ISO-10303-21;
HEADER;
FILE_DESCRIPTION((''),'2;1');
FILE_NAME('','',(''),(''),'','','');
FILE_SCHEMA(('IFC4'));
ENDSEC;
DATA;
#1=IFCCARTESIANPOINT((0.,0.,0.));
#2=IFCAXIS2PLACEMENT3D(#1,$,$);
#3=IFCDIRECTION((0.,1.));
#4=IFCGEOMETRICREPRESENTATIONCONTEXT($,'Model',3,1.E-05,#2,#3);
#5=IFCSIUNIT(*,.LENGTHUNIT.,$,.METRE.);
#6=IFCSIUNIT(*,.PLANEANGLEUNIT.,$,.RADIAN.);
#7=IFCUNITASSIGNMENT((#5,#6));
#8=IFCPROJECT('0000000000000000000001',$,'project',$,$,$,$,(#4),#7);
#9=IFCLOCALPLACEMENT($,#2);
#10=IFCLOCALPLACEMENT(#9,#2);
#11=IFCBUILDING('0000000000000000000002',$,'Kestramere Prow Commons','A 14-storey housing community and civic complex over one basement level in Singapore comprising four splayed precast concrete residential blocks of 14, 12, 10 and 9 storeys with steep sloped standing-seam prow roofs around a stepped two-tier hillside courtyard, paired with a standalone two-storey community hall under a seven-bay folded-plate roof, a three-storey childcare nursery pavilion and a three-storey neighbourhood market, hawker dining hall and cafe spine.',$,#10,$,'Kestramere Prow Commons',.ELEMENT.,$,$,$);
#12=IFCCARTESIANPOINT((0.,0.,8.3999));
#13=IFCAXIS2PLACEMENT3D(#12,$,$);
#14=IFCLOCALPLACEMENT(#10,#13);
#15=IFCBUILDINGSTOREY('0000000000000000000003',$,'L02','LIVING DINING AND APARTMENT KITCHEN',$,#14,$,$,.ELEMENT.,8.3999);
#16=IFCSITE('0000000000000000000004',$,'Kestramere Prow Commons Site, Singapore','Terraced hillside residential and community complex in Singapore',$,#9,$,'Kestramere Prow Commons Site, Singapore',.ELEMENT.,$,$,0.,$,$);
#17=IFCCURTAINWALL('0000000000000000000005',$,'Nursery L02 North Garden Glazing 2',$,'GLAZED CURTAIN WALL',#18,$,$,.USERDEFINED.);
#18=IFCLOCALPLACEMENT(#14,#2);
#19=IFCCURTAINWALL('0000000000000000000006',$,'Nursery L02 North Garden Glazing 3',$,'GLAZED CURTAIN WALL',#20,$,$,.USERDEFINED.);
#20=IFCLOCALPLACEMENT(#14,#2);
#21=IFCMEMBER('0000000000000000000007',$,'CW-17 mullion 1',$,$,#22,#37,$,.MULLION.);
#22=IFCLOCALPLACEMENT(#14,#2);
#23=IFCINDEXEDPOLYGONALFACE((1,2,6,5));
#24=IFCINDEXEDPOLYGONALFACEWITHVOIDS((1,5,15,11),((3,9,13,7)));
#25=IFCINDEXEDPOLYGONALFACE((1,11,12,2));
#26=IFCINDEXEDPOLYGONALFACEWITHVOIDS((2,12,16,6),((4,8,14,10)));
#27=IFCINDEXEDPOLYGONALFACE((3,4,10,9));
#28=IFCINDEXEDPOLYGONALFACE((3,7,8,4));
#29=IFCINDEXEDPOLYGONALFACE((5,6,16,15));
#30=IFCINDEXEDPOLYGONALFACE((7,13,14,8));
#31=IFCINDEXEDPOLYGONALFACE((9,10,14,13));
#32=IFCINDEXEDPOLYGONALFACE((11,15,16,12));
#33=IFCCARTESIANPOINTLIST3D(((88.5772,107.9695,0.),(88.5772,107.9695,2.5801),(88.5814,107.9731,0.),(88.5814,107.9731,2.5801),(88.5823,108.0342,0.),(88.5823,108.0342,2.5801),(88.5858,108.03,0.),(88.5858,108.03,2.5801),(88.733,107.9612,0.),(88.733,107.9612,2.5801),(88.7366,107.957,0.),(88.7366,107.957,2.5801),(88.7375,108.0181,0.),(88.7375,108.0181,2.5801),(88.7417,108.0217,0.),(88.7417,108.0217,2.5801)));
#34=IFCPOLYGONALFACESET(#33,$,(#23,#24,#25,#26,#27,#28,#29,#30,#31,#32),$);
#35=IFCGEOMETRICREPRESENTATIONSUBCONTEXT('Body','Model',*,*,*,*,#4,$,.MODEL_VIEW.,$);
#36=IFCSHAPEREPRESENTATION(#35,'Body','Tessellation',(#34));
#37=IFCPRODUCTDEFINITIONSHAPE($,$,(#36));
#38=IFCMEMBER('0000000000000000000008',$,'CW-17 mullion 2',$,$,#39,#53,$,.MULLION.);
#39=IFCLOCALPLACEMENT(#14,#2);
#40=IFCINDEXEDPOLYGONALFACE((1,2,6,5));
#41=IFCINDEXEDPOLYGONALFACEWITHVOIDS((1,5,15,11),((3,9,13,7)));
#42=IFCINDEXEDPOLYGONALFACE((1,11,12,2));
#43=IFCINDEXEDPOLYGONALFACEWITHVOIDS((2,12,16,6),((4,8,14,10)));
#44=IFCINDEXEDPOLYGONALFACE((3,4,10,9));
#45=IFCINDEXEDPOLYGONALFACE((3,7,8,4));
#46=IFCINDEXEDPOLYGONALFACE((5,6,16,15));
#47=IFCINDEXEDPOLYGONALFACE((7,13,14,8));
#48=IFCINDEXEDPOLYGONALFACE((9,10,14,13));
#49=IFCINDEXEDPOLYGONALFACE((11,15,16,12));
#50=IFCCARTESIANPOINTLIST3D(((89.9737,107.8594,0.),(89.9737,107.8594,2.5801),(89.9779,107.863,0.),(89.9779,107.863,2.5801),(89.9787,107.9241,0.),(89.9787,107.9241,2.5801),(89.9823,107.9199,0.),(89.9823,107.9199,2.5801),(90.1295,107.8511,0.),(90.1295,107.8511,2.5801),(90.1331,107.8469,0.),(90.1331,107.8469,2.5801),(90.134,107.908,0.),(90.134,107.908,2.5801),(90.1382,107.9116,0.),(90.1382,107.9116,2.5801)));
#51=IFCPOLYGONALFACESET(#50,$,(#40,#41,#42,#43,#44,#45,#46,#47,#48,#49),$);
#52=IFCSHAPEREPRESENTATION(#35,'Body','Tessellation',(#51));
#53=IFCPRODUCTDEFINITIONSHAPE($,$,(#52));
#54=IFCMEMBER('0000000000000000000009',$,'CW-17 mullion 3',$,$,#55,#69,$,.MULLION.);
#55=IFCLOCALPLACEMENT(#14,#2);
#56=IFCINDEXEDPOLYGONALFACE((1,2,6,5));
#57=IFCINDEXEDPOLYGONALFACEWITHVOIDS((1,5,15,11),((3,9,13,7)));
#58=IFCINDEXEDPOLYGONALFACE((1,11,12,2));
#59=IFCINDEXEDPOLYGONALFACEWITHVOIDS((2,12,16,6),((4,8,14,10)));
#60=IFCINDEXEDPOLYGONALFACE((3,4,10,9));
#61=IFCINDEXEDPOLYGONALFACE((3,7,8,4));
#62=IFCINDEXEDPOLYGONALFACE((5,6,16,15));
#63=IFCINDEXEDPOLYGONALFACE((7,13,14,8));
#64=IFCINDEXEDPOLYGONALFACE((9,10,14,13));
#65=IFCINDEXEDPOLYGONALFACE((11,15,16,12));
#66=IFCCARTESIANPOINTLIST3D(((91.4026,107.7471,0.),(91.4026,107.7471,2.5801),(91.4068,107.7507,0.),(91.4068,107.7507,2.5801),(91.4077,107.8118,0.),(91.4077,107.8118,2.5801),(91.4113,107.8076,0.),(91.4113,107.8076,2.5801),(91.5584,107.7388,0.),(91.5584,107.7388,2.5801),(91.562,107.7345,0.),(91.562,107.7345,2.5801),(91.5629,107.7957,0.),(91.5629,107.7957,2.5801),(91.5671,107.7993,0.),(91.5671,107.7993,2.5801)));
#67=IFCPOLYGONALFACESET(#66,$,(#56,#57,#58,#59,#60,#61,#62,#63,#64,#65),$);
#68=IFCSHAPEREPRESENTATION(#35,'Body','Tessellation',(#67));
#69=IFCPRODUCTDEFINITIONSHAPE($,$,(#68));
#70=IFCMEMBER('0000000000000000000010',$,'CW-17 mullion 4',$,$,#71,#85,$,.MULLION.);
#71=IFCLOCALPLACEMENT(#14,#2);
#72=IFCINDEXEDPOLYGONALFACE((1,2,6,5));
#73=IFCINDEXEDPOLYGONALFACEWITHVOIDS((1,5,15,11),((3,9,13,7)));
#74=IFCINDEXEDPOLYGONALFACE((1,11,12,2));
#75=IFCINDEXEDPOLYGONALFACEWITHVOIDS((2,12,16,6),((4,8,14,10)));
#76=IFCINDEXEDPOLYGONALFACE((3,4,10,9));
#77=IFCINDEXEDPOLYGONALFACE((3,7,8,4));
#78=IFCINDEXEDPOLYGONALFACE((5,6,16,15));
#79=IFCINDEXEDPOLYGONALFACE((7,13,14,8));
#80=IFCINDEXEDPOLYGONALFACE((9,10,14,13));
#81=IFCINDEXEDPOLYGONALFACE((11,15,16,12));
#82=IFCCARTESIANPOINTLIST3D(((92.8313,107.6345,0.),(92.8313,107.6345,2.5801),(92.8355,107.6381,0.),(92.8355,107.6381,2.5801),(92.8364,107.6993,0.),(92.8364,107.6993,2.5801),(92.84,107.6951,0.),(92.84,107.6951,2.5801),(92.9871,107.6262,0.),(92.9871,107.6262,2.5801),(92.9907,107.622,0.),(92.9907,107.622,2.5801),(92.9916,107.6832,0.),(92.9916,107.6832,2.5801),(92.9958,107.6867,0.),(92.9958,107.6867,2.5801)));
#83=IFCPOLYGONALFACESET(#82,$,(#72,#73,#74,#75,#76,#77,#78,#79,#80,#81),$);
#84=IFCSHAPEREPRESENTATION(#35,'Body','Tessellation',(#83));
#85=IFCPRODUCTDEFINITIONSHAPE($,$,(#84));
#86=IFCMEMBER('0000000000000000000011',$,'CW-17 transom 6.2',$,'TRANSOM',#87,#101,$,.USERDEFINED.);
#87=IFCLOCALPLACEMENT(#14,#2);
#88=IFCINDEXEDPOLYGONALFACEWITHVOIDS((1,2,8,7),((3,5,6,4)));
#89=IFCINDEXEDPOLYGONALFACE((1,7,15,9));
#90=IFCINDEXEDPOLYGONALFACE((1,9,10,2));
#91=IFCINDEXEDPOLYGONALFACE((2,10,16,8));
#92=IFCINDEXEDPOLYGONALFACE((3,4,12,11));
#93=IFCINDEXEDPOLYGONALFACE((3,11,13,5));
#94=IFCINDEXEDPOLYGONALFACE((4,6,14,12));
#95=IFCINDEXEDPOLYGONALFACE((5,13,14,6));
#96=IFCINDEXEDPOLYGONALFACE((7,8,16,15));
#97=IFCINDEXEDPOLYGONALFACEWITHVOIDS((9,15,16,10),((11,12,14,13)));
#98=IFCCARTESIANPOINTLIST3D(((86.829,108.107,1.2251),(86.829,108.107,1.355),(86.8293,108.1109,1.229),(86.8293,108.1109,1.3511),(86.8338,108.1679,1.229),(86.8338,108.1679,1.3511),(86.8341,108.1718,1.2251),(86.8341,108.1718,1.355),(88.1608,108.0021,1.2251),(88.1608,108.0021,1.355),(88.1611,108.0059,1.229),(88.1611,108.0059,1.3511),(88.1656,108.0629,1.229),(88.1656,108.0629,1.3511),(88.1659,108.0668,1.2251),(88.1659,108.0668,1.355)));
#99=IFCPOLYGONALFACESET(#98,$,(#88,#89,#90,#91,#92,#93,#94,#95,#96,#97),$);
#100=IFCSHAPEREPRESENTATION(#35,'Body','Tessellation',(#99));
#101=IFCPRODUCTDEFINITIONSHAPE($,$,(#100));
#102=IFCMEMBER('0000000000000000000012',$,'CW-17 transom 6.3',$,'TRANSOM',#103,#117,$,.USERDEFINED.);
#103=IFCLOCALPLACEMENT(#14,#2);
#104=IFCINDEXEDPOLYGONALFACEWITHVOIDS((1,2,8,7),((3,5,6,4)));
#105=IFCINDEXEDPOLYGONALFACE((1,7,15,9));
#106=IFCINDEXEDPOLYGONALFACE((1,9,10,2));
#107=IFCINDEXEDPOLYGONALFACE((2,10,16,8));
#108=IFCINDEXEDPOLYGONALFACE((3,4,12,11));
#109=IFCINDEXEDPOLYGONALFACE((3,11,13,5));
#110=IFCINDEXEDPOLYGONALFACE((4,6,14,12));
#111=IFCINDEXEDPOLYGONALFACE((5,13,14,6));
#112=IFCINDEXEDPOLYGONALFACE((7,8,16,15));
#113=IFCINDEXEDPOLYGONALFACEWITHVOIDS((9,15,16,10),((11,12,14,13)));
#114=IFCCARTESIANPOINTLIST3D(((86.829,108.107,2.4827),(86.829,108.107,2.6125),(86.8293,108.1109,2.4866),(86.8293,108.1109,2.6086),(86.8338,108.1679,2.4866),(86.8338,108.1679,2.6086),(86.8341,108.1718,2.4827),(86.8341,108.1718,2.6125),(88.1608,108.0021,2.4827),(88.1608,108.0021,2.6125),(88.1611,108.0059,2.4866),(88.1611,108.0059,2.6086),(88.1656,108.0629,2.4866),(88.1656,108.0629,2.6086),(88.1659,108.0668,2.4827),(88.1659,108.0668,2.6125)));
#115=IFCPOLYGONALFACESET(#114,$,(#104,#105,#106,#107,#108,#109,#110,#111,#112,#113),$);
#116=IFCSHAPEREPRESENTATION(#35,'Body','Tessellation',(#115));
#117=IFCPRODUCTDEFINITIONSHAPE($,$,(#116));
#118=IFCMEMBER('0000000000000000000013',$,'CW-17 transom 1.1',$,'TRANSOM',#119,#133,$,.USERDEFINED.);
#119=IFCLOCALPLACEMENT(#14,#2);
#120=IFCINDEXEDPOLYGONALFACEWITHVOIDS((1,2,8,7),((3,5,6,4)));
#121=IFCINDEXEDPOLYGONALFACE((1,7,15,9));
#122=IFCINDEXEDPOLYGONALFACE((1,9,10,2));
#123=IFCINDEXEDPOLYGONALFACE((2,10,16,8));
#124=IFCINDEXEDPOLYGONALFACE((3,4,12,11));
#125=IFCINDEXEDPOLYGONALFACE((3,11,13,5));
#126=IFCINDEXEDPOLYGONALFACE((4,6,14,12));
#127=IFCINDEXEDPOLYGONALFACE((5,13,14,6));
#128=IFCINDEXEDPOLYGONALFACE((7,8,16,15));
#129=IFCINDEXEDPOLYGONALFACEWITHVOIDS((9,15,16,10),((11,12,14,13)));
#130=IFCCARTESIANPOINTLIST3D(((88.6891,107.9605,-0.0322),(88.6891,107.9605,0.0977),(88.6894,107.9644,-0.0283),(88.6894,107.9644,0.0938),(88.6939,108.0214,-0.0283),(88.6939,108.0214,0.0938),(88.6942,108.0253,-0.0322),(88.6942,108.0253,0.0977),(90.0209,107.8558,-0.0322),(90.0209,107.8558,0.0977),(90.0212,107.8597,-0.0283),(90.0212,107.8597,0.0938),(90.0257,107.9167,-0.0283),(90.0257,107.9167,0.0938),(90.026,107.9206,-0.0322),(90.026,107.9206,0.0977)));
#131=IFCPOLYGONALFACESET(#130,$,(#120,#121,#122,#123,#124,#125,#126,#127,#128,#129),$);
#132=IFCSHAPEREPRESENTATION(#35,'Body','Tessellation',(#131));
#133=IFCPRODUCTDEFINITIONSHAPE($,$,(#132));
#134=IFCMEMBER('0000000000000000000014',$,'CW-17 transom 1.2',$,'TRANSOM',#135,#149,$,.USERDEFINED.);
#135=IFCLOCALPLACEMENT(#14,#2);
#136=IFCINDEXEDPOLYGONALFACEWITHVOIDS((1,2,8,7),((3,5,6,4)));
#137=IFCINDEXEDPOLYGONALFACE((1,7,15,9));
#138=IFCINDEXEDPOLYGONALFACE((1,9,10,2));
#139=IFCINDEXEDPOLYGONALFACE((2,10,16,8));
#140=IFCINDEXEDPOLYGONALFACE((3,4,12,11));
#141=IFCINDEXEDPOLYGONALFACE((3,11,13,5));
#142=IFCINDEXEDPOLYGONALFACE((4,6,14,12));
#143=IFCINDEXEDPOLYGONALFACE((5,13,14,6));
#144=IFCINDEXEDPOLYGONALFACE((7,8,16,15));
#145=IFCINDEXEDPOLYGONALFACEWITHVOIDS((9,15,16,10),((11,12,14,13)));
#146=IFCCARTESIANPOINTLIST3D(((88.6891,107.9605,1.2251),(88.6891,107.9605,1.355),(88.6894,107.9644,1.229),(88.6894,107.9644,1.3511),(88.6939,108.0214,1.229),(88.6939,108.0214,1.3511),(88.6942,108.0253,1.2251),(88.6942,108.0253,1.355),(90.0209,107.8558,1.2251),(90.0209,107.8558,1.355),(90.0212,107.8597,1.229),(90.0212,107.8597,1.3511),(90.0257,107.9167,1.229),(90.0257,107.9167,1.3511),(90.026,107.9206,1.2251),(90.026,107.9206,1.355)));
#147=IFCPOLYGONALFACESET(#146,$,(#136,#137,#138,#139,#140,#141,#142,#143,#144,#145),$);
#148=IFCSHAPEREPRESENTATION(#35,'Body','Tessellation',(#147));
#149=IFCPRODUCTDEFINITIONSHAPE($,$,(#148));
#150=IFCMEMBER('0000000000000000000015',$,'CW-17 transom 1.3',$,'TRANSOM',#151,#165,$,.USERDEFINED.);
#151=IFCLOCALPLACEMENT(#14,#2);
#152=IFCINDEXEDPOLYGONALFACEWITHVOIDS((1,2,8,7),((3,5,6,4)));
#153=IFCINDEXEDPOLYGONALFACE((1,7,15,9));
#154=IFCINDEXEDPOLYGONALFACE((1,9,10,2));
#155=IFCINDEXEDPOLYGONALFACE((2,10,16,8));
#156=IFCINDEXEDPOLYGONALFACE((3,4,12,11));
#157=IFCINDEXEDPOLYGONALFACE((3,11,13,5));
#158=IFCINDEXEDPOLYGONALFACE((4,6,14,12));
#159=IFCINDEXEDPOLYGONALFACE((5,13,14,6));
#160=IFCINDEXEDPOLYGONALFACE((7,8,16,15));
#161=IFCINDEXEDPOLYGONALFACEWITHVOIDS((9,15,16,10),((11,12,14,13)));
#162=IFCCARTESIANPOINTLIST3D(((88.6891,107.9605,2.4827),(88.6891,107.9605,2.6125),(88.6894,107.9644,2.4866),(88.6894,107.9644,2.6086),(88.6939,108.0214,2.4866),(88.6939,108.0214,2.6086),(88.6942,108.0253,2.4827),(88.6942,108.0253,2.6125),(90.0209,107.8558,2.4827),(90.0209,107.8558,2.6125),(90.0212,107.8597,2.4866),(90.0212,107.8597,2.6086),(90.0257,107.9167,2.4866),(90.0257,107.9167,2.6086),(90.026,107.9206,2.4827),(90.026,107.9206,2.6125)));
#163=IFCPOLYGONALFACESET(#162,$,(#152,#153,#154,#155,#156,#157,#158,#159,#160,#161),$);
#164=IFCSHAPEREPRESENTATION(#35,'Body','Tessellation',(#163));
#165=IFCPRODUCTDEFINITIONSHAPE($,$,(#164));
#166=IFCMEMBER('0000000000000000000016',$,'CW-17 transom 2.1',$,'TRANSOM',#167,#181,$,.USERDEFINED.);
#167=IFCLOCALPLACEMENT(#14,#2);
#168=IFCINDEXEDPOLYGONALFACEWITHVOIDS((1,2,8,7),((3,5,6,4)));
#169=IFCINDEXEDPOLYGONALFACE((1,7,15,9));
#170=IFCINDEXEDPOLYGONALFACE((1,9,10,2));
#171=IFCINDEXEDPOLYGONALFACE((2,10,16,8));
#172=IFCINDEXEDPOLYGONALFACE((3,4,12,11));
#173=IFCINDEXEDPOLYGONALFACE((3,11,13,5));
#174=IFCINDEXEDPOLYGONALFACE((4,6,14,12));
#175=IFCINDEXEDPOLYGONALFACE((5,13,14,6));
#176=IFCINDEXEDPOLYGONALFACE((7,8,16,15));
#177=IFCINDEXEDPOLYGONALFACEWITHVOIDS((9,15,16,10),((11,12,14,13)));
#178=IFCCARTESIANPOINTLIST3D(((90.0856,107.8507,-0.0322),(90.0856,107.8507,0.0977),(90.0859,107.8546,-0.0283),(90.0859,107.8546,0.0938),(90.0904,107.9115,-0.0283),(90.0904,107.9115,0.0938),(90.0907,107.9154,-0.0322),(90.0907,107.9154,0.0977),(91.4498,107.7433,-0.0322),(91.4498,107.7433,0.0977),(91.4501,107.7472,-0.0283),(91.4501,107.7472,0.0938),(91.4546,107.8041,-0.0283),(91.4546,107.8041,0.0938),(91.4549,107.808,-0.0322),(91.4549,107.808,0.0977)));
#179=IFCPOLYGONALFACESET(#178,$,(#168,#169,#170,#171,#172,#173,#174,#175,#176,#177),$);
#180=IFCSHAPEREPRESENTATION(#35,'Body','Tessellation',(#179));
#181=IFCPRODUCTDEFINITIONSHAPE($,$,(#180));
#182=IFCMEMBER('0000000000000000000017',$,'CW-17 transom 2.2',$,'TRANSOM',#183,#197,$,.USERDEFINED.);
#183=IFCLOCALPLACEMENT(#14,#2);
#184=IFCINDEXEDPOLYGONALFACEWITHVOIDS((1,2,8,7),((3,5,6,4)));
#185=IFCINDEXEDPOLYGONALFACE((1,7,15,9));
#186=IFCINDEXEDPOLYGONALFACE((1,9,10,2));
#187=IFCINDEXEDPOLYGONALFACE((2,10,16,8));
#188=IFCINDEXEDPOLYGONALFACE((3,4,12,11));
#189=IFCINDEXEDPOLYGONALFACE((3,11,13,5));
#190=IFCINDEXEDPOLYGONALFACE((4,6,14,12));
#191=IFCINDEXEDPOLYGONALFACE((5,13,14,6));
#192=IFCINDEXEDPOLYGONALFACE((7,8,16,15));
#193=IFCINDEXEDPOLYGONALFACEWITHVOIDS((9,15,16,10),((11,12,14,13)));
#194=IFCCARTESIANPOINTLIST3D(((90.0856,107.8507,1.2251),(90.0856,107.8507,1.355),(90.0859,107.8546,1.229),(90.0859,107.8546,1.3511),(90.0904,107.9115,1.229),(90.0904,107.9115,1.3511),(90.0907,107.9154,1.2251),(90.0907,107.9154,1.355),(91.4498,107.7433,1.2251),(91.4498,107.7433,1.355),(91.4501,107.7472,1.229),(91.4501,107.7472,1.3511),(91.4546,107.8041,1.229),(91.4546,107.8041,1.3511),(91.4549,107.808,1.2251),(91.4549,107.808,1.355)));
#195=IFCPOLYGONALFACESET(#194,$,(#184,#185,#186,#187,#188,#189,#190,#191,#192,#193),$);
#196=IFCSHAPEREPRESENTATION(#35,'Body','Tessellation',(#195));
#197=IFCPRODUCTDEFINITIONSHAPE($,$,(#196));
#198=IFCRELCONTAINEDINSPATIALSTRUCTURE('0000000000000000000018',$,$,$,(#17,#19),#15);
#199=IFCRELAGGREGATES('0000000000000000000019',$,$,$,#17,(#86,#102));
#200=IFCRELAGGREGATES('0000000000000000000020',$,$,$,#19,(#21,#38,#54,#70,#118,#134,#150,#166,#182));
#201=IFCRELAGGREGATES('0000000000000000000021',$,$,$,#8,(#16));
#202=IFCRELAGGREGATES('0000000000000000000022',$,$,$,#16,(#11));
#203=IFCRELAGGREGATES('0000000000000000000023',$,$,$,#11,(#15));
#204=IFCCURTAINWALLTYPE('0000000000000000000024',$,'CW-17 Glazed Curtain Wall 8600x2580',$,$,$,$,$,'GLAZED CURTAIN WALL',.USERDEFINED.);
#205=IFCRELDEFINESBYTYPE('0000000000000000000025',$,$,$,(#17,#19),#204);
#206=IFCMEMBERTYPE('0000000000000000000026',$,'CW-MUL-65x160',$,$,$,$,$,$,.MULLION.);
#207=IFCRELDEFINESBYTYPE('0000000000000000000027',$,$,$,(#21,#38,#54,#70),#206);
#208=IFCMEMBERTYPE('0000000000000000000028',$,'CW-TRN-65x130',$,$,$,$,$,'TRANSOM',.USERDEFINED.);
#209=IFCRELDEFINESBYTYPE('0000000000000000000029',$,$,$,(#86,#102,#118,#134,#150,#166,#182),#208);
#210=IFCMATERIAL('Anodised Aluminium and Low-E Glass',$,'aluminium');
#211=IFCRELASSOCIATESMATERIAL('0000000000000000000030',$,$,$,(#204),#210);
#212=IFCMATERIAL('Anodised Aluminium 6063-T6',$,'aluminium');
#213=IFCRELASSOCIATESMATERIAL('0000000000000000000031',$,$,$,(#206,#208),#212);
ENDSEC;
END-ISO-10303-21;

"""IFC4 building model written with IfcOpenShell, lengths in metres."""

from ifc_helpers import new_model, si_unit, direction, frame, origin, origin_2d, place, context, subcontext, project, spatial, hollow_rectangle, extrude, material, material_profile, profile_set, type_object, element, aggregate, save


model = new_model("IFC4")

# Units and contexts
model_context = context("Model", 3, precision=1e-05, world=origin(), true_north=direction((0.0, 1.0)))
body_context = subcontext(model_context, "Body", "Model", "MODEL_VIEW")
ifc_project = project(units=[si_unit("LENGTHUNIT", "METRE"), si_unit("PLANEANGLEUNIT", "RADIAN")], contexts=[model_context])

# Site, building, storey
site_placement = place(None, origin())
site = spatial("IfcSite", under=ifc_project, at=site_placement, Name="Kestramere Prow Commons Site, Singapore", Description="Terraced hillside residential and community complex in Singapore", LongName="Kestramere Prow Commons Site, Singapore", CompositionType="ELEMENT", RefElevation=0.0)
building_placement = place(site_placement, origin())
building = spatial("IfcBuilding", under=site, at=building_placement, Name="Kestramere Prow Commons", Description="A 14-storey housing community and civic complex over one basement level in Singapore comprising four splayed precast concrete residential blocks of 14, 12, 10 and 9 storeys with steep sloped standing-seam prow roofs around a stepped two-tier hillside courtyard, paired with a standalone two-storey community hall under a seven-bay folded-plate roof, a three-storey childcare nursery pavilion and a three-storey neighbourhood market, hawker dining hall and cafe spine.", LongName="Kestramere Prow Commons", CompositionType="ELEMENT")
storey_placement = place(building_placement, frame((0.0, 0.0, 8.3999)))
storey = spatial("IfcBuildingStorey", under=building, at=storey_placement, Name="L02", Description="LIVING DINING AND APARTMENT KITCHEN", CompositionType="ELEMENT", Elevation=8.3999)

# Curtain wall
ifc_material_1 = material(Name="Anodised Aluminium and Low-E Glass", Category="aluminium")
curtain_wall_type = type_object("IfcCurtainWallType", Name="CW-17 Glazed Curtain Wall 8600x2580", ElementType="GLAZED CURTAIN WALL", PredefinedType="USERDEFINED", material=ifc_material_1)
curtain_wall_1_placement = place(storey_placement, origin())
curtain_wall_1 = element("IfcCurtainWall", 1, at=curtain_wall_1_placement, inside=storey, type_object=curtain_wall_type, Name="Nursery L02 North Garden Glazing 2", ObjectType="GLAZED CURTAIN WALL", PredefinedType="USERDEFINED")
ifc_material_2 = material(Name="Anodised Aluminium 6063-T6", Category="aluminium")
ifc_material_profile_1 = material_profile(ifc_material_2, hollow_rectangle(XDim=0.0649, YDim=0.1599, WallThickness=0.0039, at=origin_2d()), Name="ALU-MUL 65x160")
ifc_profile_set_1 = profile_set([ifc_material_profile_1], Name="Anodised Aluminium 6063-T6")
member_type_1 = type_object("IfcMemberType", Name="CW-MUL-65x160", PredefinedType="MULLION", material=ifc_profile_set_1)

# Curtain wall, members
curtain_wall_2_placement = place(storey_placement, origin())
curtain_wall_2 = element("IfcCurtainWall", 2, at=curtain_wall_2_placement, inside=storey, type_object=curtain_wall_type, Name="Nursery L02 North Garden Glazing 3", ObjectType="GLAZED CURTAIN WALL", PredefinedType="USERDEFINED")
member_1_placement = place(storey_placement, frame((88.6594, 107.9956, 0.0), z_axis=(0.0, 0.0, 1.0), x_axis=(0.078459, 0.996917, 0.0)))
member_1 = element("IfcMember", 3, at=member_1_placement, type_object=member_type_1, Name="CW-17 mullion 1", PredefinedType="MULLION", context=body_context, shape_type="SweptSolid", body=[
    extrude(hollow_rectangle(XDim=0.0649, YDim=0.1599, WallThickness=0.0039, at=origin_2d()), origin(), (0.0, 0.0, 1.0), 2.5801),
])
member_2_placement = place(storey_placement, frame((90.0559, 107.8855, 0.0), z_axis=(0.0, 0.0, 1.0), x_axis=(0.078459, 0.996917, 0.0)))
member_2 = element("IfcMember", 4, at=member_2_placement, type_object=member_type_1, Name="CW-17 mullion 2", PredefinedType="MULLION", context=body_context, shape_type="SweptSolid", body=[
    extrude(hollow_rectangle(XDim=0.0649, YDim=0.1599, WallThickness=0.0039, at=origin_2d()), origin(), (0.0, 0.0, 1.0), 2.5801),
])
member_3_placement = place(storey_placement, frame((91.4849, 107.7732, 0.0), z_axis=(0.0, 0.0, 1.0), x_axis=(0.078459, 0.996917, 0.0)))
member_3 = element("IfcMember", 5, at=member_3_placement, type_object=member_type_1, Name="CW-17 mullion 3", PredefinedType="MULLION", context=body_context, shape_type="SweptSolid", body=[
    extrude(hollow_rectangle(XDim=0.0649, YDim=0.1599, WallThickness=0.0039, at=origin_2d()), origin(), (0.0, 0.0, 1.0), 2.5801),
])
member_4_placement = place(storey_placement, frame((92.9136, 107.6606, 0.0), z_axis=(0.0, 0.0, 1.0), x_axis=(0.078459, 0.996917, 0.0)))
member_4 = element("IfcMember", 6, at=member_4_placement, type_object=member_type_1, Name="CW-17 mullion 4", PredefinedType="MULLION", context=body_context, shape_type="SweptSolid", body=[
    extrude(hollow_rectangle(XDim=0.0649, YDim=0.1599, WallThickness=0.0039, at=origin_2d()), origin(), (0.0, 0.0, 1.0), 2.5801),
])

# Members
ifc_material_profile_2 = material_profile(ifc_material_2, hollow_rectangle(XDim=0.0649, YDim=0.1299, WallThickness=0.0039, at=origin_2d()), Name="ALU-TRN 65x130")
ifc_profile_set_2 = profile_set([ifc_material_profile_2], Name="Anodised Aluminium 6063-T6")
member_type_2 = type_object("IfcMemberType", Name="CW-TRN-65x130", ElementType="TRANSOM", PredefinedType="USERDEFINED", material=ifc_profile_set_2)
member_5_placement = place(storey_placement, frame((86.8315, 108.1394, 1.29), z_axis=(0.996908, -0.078583, 0.0), x_axis=(0.078583, 0.996908, 0.0)))
member_5 = element("IfcMember", 7, at=member_5_placement, type_object=member_type_2, Name="CW-17 transom 6.2", ObjectType="TRANSOM", PredefinedType="USERDEFINED", context=body_context, shape_type="SweptSolid", body=[
    extrude(hollow_rectangle(XDim=0.0649, YDim=0.1299, WallThickness=0.0039, at=origin_2d()), origin(), (0.0, 0.0, 1.0), 1.3359),
])
member_6_placement = place(storey_placement, frame((86.8315, 108.1394, 2.5476), z_axis=(0.996908, -0.078583, 0.0), x_axis=(0.078583, 0.996908, 0.0)))
member_6 = element("IfcMember", 8, at=member_6_placement, type_object=member_type_2, Name="CW-17 transom 6.3", ObjectType="TRANSOM", PredefinedType="USERDEFINED", context=body_context, shape_type="SweptSolid", body=[
    extrude(hollow_rectangle(XDim=0.0649, YDim=0.1299, WallThickness=0.0039, at=origin_2d()), origin(), (0.0, 0.0, 1.0), 1.3359),
])
member_7_placement = place(storey_placement, frame((88.6917, 107.9929, 0.0327), z_axis=(0.996922, -0.078401, 0.0), x_axis=(0.078401, 0.996922, 0.0)))
member_7 = element("IfcMember", 9, at=member_7_placement, type_object=member_type_2, Name="CW-17 transom 1.1", ObjectType="TRANSOM", PredefinedType="USERDEFINED", context=body_context, shape_type="SweptSolid", body=[
    extrude(hollow_rectangle(XDim=0.0649, YDim=0.1299, WallThickness=0.0039, at=origin_2d()), origin(), (0.0, 0.0, 1.0), 1.3359),
])
member_8_placement = place(storey_placement, frame((88.6917, 107.9929, 1.29), z_axis=(0.996922, -0.078401, 0.0), x_axis=(0.078401, 0.996922, 0.0)))
member_8 = element("IfcMember", 10, at=member_8_placement, type_object=member_type_2, Name="CW-17 transom 1.2", ObjectType="TRANSOM", PredefinedType="USERDEFINED", context=body_context, shape_type="SweptSolid", body=[
    extrude(hollow_rectangle(XDim=0.0649, YDim=0.1299, WallThickness=0.0039, at=origin_2d()), origin(), (0.0, 0.0, 1.0), 1.3359),
])
member_9_placement = place(storey_placement, frame((88.6917, 107.9929, 2.5476), z_axis=(0.996922, -0.078401, 0.0), x_axis=(0.078401, 0.996922, 0.0)))
member_9 = element("IfcMember", 11, at=member_9_placement, type_object=member_type_2, Name="CW-17 transom 1.3", ObjectType="TRANSOM", PredefinedType="USERDEFINED", context=body_context, shape_type="SweptSolid", body=[
    extrude(hollow_rectangle(XDim=0.0649, YDim=0.1299, WallThickness=0.0039, at=origin_2d()), origin(), (0.0, 0.0, 1.0), 1.3359),
])
member_10_placement = place(storey_placement, frame((90.0881, 107.8831, 0.0327), z_axis=(0.996914, -0.078497, 0.0), x_axis=(0.078497, 0.996914, 0.0)))
member_10 = element("IfcMember", 12, at=member_10_placement, type_object=member_type_2, Name="CW-17 transom 2.1", ObjectType="TRANSOM", PredefinedType="USERDEFINED", context=body_context, shape_type="SweptSolid", body=[
    extrude(hollow_rectangle(XDim=0.0649, YDim=0.1299, WallThickness=0.0039, at=origin_2d()), origin(), (0.0, 0.0, 1.0), 1.3684),
])
member_11_placement = place(storey_placement, frame((90.0881, 107.8831, 1.29), z_axis=(0.996914, -0.078497, 0.0), x_axis=(0.078497, 0.996914, 0.0)))
member_11 = element("IfcMember", 13, at=member_11_placement, type_object=member_type_2, Name="CW-17 transom 2.2", ObjectType="TRANSOM", PredefinedType="USERDEFINED", context=body_context, shape_type="SweptSolid", body=[
    extrude(hollow_rectangle(XDim=0.0649, YDim=0.1299, WallThickness=0.0039, at=origin_2d()), origin(), (0.0, 0.0, 1.0), 1.3684),
])

aggregate(curtain_wall_1, [member_5, member_6])
aggregate(curtain_wall_2, [member_1, member_2, member_3, member_4, member_7, member_8, member_9, member_10, member_11])

save(model, "model.ifc")
